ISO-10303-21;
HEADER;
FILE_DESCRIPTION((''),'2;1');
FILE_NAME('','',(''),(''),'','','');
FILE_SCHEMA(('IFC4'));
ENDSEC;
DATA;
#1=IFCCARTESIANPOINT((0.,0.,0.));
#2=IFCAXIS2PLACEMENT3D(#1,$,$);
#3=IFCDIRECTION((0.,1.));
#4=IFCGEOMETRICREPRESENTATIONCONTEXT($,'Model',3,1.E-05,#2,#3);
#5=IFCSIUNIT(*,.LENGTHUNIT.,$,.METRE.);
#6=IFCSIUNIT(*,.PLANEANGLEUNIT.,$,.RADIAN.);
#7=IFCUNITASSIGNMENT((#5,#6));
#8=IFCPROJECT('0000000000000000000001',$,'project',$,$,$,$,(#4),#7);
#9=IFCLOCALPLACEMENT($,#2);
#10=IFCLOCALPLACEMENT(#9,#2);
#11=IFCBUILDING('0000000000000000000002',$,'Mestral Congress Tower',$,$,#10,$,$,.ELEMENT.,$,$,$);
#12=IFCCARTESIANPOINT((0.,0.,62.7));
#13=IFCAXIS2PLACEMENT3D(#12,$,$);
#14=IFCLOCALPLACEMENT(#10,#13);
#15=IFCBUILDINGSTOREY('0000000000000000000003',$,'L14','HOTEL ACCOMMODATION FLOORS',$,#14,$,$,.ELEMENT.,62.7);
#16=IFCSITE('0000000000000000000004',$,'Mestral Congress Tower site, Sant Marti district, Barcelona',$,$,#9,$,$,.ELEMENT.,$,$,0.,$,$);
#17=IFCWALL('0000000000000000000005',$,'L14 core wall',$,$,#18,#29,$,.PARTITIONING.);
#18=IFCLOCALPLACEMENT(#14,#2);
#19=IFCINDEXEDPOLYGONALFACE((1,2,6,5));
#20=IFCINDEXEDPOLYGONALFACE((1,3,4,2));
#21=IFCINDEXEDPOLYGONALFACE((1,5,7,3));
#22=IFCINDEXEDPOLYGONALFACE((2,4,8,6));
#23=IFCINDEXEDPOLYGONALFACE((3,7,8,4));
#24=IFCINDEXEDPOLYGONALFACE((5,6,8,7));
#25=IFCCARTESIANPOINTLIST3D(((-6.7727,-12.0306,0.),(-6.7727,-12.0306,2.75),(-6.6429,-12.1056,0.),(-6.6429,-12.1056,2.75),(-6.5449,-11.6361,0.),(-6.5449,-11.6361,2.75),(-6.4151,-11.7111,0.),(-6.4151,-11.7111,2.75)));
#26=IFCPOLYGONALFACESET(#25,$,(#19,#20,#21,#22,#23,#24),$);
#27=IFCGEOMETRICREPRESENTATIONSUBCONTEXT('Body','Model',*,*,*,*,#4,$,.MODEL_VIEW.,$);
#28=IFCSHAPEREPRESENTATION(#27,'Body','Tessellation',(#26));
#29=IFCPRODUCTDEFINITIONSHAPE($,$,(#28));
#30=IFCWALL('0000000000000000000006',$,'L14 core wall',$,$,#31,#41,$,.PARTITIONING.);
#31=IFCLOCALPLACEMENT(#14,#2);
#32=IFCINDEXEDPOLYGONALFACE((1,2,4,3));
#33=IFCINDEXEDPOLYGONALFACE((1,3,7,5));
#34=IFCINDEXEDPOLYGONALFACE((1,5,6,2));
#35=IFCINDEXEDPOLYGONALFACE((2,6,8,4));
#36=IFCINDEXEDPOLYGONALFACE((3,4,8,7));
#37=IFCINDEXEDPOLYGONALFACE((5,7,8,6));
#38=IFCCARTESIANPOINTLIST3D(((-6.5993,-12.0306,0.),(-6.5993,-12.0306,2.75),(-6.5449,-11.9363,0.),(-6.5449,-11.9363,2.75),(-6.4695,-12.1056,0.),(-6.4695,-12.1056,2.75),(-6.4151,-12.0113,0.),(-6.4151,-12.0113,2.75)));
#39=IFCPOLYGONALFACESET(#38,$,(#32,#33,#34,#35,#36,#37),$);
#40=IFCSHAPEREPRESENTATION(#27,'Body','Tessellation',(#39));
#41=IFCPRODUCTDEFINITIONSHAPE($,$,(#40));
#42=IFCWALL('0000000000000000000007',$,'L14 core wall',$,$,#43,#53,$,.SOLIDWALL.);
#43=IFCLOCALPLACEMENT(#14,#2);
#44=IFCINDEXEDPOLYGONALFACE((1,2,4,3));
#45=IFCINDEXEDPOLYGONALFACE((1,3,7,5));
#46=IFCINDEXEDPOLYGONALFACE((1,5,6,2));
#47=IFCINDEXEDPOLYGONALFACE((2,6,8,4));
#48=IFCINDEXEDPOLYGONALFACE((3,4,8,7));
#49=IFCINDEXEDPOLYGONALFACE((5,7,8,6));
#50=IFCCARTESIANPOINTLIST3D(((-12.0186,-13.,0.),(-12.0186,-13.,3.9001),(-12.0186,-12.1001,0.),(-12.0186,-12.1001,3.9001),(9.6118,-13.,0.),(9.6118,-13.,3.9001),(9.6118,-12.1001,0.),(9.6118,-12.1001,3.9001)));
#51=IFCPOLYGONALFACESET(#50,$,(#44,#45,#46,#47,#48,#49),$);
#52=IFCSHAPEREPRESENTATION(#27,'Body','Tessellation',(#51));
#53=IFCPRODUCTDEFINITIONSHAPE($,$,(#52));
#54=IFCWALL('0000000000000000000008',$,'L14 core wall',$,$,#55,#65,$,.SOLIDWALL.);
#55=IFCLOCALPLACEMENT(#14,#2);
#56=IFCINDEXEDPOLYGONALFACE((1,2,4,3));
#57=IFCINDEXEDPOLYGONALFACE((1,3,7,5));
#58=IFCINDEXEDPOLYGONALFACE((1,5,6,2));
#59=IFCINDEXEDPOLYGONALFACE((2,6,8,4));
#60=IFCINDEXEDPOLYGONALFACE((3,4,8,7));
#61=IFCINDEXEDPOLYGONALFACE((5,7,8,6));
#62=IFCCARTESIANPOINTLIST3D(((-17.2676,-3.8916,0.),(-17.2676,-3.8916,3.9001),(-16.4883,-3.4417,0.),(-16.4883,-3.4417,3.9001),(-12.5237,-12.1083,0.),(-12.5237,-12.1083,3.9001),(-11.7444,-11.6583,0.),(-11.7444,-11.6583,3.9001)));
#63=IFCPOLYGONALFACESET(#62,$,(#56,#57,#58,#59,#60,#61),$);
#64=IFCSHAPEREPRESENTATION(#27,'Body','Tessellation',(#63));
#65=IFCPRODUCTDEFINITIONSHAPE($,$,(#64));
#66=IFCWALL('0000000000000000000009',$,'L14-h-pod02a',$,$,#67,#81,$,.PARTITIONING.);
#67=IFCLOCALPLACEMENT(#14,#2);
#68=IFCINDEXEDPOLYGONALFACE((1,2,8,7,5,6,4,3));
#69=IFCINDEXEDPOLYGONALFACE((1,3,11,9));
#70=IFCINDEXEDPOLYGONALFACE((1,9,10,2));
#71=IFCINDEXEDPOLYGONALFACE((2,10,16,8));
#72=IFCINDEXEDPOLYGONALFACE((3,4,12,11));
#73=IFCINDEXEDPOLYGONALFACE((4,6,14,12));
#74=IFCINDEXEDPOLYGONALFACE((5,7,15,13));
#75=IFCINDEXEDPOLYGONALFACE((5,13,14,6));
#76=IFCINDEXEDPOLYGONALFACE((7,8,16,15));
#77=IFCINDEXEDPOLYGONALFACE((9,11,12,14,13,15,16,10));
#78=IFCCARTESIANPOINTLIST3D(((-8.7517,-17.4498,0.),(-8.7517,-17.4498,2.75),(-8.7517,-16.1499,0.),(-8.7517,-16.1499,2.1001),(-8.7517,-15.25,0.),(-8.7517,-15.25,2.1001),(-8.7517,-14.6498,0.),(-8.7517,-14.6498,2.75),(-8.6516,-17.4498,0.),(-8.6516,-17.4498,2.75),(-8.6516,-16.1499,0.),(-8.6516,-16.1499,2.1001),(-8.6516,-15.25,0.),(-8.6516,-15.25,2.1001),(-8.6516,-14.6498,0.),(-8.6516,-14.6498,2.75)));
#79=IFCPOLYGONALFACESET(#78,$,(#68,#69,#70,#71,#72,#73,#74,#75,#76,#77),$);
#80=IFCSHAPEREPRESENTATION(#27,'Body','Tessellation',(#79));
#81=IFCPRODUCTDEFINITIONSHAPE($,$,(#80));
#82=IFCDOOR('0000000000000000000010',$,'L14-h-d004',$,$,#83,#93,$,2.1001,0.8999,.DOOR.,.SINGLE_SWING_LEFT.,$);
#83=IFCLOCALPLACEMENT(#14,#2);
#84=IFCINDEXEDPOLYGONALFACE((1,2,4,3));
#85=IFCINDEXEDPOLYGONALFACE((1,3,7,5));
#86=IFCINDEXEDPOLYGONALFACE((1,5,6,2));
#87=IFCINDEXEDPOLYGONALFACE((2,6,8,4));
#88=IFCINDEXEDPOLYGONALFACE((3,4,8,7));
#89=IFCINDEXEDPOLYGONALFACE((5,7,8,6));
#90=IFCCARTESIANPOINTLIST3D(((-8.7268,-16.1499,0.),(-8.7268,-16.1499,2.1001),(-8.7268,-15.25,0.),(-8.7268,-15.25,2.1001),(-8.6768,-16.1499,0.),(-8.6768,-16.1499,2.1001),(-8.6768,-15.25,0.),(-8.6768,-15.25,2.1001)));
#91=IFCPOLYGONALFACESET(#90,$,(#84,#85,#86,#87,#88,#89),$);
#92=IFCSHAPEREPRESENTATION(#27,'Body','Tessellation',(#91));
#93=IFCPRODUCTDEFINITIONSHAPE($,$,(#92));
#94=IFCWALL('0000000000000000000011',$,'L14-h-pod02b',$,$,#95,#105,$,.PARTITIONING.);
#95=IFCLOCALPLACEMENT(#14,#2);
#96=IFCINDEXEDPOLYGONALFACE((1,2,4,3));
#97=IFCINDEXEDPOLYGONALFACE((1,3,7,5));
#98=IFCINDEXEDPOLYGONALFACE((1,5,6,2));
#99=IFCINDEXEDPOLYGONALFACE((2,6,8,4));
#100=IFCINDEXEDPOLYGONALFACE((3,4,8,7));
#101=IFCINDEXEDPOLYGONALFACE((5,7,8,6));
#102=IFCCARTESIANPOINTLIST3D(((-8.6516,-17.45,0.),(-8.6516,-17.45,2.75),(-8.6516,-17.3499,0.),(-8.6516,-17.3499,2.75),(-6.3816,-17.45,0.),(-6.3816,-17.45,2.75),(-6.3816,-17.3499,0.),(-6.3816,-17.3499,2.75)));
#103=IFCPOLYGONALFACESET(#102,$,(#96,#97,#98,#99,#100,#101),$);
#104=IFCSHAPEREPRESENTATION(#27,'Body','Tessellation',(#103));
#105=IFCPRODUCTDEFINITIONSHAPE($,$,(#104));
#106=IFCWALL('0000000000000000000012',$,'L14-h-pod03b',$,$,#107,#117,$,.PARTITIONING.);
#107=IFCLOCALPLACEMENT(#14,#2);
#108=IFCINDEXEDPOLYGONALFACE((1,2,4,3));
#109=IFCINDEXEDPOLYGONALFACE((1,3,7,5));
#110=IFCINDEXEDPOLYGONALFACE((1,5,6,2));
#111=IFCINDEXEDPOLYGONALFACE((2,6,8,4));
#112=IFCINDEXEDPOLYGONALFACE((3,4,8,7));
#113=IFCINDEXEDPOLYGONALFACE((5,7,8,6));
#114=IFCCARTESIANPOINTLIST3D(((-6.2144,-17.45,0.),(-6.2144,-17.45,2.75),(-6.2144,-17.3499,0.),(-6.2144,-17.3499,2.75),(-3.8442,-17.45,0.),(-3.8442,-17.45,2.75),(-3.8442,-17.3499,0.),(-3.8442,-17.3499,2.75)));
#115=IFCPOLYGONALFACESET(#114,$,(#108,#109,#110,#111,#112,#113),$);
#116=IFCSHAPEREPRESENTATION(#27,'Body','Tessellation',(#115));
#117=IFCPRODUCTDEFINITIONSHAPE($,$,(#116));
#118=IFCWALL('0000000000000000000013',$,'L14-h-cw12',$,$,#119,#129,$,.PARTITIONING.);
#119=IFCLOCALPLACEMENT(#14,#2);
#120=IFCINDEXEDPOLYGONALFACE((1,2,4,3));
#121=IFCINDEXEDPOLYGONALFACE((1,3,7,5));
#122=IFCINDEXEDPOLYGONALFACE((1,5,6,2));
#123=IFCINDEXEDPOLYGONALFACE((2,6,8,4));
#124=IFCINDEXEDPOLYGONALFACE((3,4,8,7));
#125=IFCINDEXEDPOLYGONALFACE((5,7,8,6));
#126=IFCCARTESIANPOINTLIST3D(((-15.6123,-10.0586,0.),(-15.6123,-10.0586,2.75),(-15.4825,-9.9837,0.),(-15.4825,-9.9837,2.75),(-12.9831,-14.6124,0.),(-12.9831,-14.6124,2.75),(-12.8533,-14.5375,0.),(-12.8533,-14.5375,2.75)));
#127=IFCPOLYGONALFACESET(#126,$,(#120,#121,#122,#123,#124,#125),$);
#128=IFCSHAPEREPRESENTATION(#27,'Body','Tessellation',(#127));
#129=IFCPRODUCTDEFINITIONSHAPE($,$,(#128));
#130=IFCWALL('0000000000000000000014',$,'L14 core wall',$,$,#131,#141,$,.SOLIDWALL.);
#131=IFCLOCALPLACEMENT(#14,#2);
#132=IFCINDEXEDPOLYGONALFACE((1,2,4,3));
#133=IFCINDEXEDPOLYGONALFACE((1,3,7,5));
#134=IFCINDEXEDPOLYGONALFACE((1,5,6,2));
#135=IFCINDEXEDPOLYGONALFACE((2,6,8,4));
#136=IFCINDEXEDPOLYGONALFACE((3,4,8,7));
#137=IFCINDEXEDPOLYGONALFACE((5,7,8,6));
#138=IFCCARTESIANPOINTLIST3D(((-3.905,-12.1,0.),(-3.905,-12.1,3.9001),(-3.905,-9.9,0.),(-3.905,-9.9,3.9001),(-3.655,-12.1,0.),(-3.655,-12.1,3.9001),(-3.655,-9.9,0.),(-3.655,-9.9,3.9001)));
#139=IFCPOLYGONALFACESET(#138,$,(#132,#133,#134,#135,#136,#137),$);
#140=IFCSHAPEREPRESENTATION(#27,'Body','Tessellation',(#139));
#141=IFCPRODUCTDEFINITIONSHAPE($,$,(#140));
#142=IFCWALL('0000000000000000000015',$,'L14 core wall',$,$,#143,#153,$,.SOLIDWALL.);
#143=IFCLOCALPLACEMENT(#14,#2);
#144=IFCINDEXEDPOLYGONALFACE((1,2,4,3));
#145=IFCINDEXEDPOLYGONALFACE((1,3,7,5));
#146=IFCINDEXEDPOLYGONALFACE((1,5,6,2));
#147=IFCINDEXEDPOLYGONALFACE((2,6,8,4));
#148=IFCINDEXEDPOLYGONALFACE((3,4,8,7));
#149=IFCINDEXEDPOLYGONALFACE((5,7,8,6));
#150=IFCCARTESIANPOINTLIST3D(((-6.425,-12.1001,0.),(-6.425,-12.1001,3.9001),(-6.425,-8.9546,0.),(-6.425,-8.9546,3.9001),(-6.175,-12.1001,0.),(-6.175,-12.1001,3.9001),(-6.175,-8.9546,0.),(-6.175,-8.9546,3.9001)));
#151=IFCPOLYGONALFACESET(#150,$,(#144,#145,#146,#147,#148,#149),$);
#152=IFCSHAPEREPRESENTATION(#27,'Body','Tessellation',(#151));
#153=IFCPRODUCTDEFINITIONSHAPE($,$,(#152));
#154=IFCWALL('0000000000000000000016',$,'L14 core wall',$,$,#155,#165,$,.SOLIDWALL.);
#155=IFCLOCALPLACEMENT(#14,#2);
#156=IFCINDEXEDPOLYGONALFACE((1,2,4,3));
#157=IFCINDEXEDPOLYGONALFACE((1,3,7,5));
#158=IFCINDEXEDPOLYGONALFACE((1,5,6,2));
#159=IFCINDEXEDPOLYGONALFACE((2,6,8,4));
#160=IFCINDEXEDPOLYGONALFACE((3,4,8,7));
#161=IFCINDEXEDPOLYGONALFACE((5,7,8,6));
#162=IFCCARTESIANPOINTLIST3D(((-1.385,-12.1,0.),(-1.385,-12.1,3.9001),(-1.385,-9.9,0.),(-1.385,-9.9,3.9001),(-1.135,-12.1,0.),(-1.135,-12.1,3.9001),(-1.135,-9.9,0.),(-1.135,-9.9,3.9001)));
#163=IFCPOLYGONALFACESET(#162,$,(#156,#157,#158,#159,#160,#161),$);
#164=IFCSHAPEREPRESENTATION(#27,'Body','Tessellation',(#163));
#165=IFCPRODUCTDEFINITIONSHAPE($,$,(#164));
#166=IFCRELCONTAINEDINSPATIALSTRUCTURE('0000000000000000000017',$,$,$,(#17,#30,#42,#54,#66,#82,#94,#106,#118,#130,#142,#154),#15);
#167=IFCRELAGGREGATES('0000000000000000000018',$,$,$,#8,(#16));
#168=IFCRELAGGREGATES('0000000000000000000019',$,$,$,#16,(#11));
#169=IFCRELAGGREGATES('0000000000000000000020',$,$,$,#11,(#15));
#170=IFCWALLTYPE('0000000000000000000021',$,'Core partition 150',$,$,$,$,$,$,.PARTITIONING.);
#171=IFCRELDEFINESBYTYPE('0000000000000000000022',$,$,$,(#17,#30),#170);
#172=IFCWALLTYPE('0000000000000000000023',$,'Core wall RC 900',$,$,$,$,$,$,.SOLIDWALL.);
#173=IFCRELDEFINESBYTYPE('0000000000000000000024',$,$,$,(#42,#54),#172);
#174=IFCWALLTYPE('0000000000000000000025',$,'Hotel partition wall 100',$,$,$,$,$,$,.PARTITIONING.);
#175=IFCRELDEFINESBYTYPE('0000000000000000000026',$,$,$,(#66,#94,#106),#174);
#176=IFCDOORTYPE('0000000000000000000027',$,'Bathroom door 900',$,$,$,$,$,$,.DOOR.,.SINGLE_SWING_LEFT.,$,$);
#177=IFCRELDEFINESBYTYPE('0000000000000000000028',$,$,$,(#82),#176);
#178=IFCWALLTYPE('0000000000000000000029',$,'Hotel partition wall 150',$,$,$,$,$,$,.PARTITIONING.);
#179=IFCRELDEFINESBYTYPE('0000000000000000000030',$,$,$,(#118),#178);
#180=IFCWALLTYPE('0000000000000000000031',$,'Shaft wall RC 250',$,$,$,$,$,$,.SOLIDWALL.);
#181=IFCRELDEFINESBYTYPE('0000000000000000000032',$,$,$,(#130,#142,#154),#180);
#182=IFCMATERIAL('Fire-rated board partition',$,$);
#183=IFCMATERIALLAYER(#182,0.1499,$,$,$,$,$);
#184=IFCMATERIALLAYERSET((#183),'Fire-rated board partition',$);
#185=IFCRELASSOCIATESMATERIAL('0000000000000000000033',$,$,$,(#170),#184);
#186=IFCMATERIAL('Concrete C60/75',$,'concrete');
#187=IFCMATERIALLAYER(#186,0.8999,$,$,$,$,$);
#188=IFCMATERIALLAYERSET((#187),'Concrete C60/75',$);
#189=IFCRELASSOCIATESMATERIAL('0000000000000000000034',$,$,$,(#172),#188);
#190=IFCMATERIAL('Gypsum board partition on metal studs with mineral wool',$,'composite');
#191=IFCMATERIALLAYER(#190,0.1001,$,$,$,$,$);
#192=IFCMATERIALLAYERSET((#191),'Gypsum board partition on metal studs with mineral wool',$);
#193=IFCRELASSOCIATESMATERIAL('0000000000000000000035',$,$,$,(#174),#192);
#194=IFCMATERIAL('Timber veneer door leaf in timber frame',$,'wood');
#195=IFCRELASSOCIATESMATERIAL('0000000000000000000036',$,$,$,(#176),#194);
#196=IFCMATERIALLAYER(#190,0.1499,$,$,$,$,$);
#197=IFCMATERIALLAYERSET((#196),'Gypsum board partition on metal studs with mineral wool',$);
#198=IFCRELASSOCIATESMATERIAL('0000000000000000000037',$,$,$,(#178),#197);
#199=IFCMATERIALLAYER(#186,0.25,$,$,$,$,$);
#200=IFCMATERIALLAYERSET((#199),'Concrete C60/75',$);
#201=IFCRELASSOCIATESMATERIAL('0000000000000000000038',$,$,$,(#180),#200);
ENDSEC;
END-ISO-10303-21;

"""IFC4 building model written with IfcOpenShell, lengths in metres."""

from ifc_helpers import new_model, si_unit, direction, frame, frame_2d, origin, place, context, subcontext, project, spatial, rectangle, extrude, material, layer, layer_set, type_object, element, fill, save


model = new_model("IFC4")

# Units and contexts
model_context = context("Model", 3, precision=1e-05, world=origin(), true_north=direction((0.0, 1.0)))
body_context = subcontext(model_context, "Body", "Model", "MODEL_VIEW")
ifc_project = project(units=[si_unit("LENGTHUNIT", "METRE"), si_unit("PLANEANGLEUNIT", "RADIAN")], contexts=[model_context])

# Site, building, storey
site_placement = place(None, origin())
site = spatial("IfcSite", under=ifc_project, at=site_placement, Name="Mestral Congress Tower site, Sant Marti district, Barcelona", CompositionType="ELEMENT", RefElevation=0.0)
building_placement = place(site_placement, origin())
building = spatial("IfcBuilding", under=site, at=building_placement, Name="Mestral Congress Tower", CompositionType="ELEMENT")
storey_placement = place(building_placement, frame((0.0, 0.0, 62.7)))
storey = spatial("IfcBuildingStorey", under=building, at=storey_placement, Name="L14", Description="HOTEL ACCOMMODATION FLOORS", CompositionType="ELEMENT", Elevation=62.7)

# Walls
ifc_material_1 = material(Name="Fire-rated board partition")
ifc_layer_1 = layer(ifc_material_1, 0.1499)
ifc_layer_set_1 = layer_set([ifc_layer_1], Name="Fire-rated board partition")
wall_type_1 = type_object("IfcWallType", Name="Core partition 150", PredefinedType="PARTITIONING", material=ifc_layer_set_1)
wall_1_placement = place(storey_placement, frame((-6.7078, -12.0681, 0.0), z_axis=(0.0, 0.0, 1.0), x_axis=(0.500001, 0.866025, 0.0)))
element("IfcWall", 1, at=wall_1_placement, inside=storey, type_object=wall_type_1, Name="L14 core wall", PredefinedType="PARTITIONING", context=body_context, shape_type="SweptSolid", body=[
    extrude(rectangle(XDim=0.4556, YDim=0.1499, at=frame_2d((0.2278, 0.0))), origin(), (0.0, 0.0, 1.0), 2.75),
])
wall_2_placement = place(storey_placement, frame((-6.5344, -12.0681, 0.0), z_axis=(0.0, 0.0, 1.0), x_axis=(0.50024, 0.865887, 0.0)))
element("IfcWall", 2, at=wall_2_placement, inside=storey, type_object=wall_type_1, Name="L14 core wall", PredefinedType="PARTITIONING", context=body_context, shape_type="SweptSolid", body=[
    extrude(rectangle(XDim=0.1089, YDim=0.1499, at=frame_2d((0.0544, 0.0))), origin(), (0.0, 0.0, 1.0), 2.75),
])
ifc_material_2 = material(Name="Concrete C60/75", Category="concrete")
ifc_layer_2 = layer(ifc_material_2, 0.8999)
ifc_layer_set_2 = layer_set([ifc_layer_2], Name="Concrete C60/75")
wall_type_2 = type_object("IfcWallType", Name="Core wall RC 900", PredefinedType="SOLIDWALL", material=ifc_layer_set_2)
wall_3_placement = place(storey_placement, frame((-12.0186, -12.55, 0.0), z_axis=(0.0, 0.0, 1.0), x_axis=(1.0, 0.0, 0.0)))
element("IfcWall", 3, at=wall_3_placement, inside=storey, type_object=wall_type_2, Name="L14 core wall", PredefinedType="SOLIDWALL", context=body_context, shape_type="SweptSolid", body=[
    extrude(rectangle(XDim=21.6304, YDim=0.8999, at=frame_2d((10.8152, 0.0))), origin(), (0.0, 0.0, 1.0), 3.9001),
])
wall_4_placement = place(storey_placement, frame((-12.134, -11.8833, 0.0), z_axis=(0.0, 0.0, 1.0), x_axis=(-0.500005, 0.866022, 0.0)))
element("IfcWall", 4, at=wall_4_placement, inside=storey, type_object=wall_type_2, Name="L14 core wall", PredefinedType="SOLIDWALL", context=body_context, shape_type="SweptSolid", body=[
    extrude(rectangle(XDim=9.4878, YDim=0.8999, at=frame_2d((4.7439, 0.0))), origin(), (0.0, 0.0, 1.0), 3.9001),
])

# Wall, opening, door
ifc_material_3 = material(Name="Gypsum board partition on metal studs with mineral wool", Category="composite")
ifc_layer_3 = layer(ifc_material_3, 0.1001)
ifc_layer_set_3 = layer_set([ifc_layer_3], Name="Gypsum board partition on metal studs with mineral wool")
wall_type_3 = type_object("IfcWallType", Name="Hotel partition wall 100", PredefinedType="PARTITIONING", material=ifc_layer_set_3)
wall_5_placement = place(storey_placement, frame((-8.7017, -14.6499, 0.0), z_axis=(0.0, 0.0, 1.0), x_axis=(0.0, -1.0, 0.0)))
wall_5 = element("IfcWall", 5, at=wall_5_placement, inside=storey, type_object=wall_type_3, Name="L14-h-pod02a", PredefinedType="PARTITIONING", context=body_context, shape_type="SweptSolid", body=[
    extrude(rectangle(XDim=2.8, YDim=0.1001, at=frame_2d((1.3999, 0.0))), origin(), (0.0, 0.0, 1.0), 2.75),
])
opening_1_placement = place(wall_5_placement, frame((0.6001, 0.0, 0.0)))
opening_1 = element("IfcOpeningElement", 6, at=opening_1_placement, cuts=wall_5, PredefinedType="OPENING", context=body_context, shape_type="SweptSolid", body=[
    extrude(rectangle(XDim=0.8999, YDim=2.1001, at=frame_2d((0.45, 1.05))), frame((0.0, 0.0601, 0.0), z_axis=(0.0, -1.0, 0.0), x_axis=(1.0, 0.0, 0.0)), (0.0, 0.0, 1.0), 0.1201),
])
ifc_material_4 = material(Name="Timber veneer door leaf in timber frame", Category="wood")
door_type_1 = type_object("IfcDoorType", Name="Bathroom door 900", OperationType="SINGLE_SWING_LEFT", PredefinedType="DOOR", material=ifc_material_4)
door_1_placement = place(opening_1_placement, origin())
door_1 = element("IfcDoor", 7, at=door_1_placement, inside=storey, type_object=door_type_1, Name="L14-h-d004", OperationType="SINGLE_SWING_LEFT", OverallHeight=2.1001, OverallWidth=0.8999, PredefinedType="DOOR", context=body_context, shape_type="SweptSolid", body=[
    extrude(rectangle(XDim=0.8999, YDim=2.1001, at=frame_2d((0.45, 1.05))), frame((0.0, 0.0249, 0.0), z_axis=(0.0, -1.0, 0.0), x_axis=(1.0, 0.0, 0.0)), (0.0, 0.0, 1.0), 0.05),
])
fill(opening_1, door_1)

# Walls
wall_6_placement = place(storey_placement, frame((-8.6516, -17.3999, 0.0), z_axis=(0.0, 0.0, 1.0), x_axis=(1.0, 0.0, 0.0)))
element("IfcWall", 8, at=wall_6_placement, inside=storey, type_object=wall_type_3, Name="L14-h-pod02b", PredefinedType="PARTITIONING", context=body_context, shape_type="SweptSolid", body=[
    extrude(rectangle(XDim=2.27, YDim=0.1001, at=frame_2d((1.135, 0.0))), origin(), (0.0, 0.0, 1.0), 2.75),
])
wall_7_placement = place(storey_placement, frame((-3.8442, -17.3999, 0.0), z_axis=(0.0, 0.0, 1.0), x_axis=(-1.0, 0.0, 0.0)))
element("IfcWall", 9, at=wall_7_placement, inside=storey, type_object=wall_type_3, Name="L14-h-pod03b", PredefinedType="PARTITIONING", context=body_context, shape_type="SweptSolid", body=[
    extrude(rectangle(XDim=2.3701, YDim=0.1001, at=frame_2d((1.1851, 0.0))), origin(), (0.0, 0.0, 1.0), 2.75),
])
ifc_layer_4 = layer(ifc_material_3, 0.1499)
ifc_layer_set_4 = layer_set([ifc_layer_4], Name="Gypsum board partition on metal studs with mineral wool")
wall_type_4 = type_object("IfcWallType", Name="Hotel partition wall 150", PredefinedType="PARTITIONING", material=ifc_layer_set_4)
wall_8_placement = place(storey_placement, frame((-12.9182, -14.575, 0.0), z_axis=(0.0, 0.0, 1.0), x_axis=(-0.500009, 0.86602, 0.0)))
element("IfcWall", 10, at=wall_8_placement, inside=storey, type_object=wall_type_4, Name="L14-h-cw12", PredefinedType="PARTITIONING", context=body_context, shape_type="SweptSolid", body=[
    extrude(rectangle(XDim=5.2583, YDim=0.1499, at=frame_2d((2.6292, 0.0))), origin(), (0.0, 0.0, 1.0), 2.75),
])
ifc_layer_5 = layer(ifc_material_2, 0.25)
ifc_layer_set_5 = layer_set([ifc_layer_5], Name="Concrete C60/75")
wall_type_5 = type_object("IfcWallType", Name="Shaft wall RC 250", PredefinedType="SOLIDWALL", material=ifc_layer_set_5)
wall_9_placement = place(storey_placement, frame((-3.78, -12.1001, 0.0), z_axis=(0.0, 0.0, 1.0), x_axis=(0.0, 1.0, 0.0)))
element("IfcWall", 11, at=wall_9_placement, inside=storey, type_object=wall_type_5, Name="L14 core wall", PredefinedType="SOLIDWALL", context=body_context, shape_type="SweptSolid", body=[
    extrude(rectangle(XDim=2.2, YDim=0.25, at=frame_2d((1.1001, 0.0))), origin(), (0.0, 0.0, 1.0), 3.9001),
])
wall_10_placement = place(storey_placement, frame((-6.3, -12.1001, 0.0), z_axis=(0.0, 0.0, 1.0), x_axis=(0.0, 1.0, 0.0)))
element("IfcWall", 12, at=wall_10_placement, inside=storey, type_object=wall_type_5, Name="L14 core wall", PredefinedType="SOLIDWALL", context=body_context, shape_type="SweptSolid", body=[
    extrude(rectangle(XDim=3.1455, YDim=0.25, at=frame_2d((1.5728, 0.0))), origin(), (0.0, 0.0, 1.0), 3.9001),
])
wall_11_placement = place(storey_placement, frame((-1.26, -12.1001, 0.0), z_axis=(0.0, 0.0, 1.0), x_axis=(0.0, 1.0, 0.0)))
element("IfcWall", 13, at=wall_11_placement, inside=storey, type_object=wall_type_5, Name="L14 core wall", PredefinedType="SOLIDWALL", context=body_context, shape_type="SweptSolid", body=[
    extrude(rectangle(XDim=2.2, YDim=0.25, at=frame_2d((1.1001, 0.0))), origin(), (0.0, 0.0, 1.0), 3.9001),
])

save(model, "model.ifc")
